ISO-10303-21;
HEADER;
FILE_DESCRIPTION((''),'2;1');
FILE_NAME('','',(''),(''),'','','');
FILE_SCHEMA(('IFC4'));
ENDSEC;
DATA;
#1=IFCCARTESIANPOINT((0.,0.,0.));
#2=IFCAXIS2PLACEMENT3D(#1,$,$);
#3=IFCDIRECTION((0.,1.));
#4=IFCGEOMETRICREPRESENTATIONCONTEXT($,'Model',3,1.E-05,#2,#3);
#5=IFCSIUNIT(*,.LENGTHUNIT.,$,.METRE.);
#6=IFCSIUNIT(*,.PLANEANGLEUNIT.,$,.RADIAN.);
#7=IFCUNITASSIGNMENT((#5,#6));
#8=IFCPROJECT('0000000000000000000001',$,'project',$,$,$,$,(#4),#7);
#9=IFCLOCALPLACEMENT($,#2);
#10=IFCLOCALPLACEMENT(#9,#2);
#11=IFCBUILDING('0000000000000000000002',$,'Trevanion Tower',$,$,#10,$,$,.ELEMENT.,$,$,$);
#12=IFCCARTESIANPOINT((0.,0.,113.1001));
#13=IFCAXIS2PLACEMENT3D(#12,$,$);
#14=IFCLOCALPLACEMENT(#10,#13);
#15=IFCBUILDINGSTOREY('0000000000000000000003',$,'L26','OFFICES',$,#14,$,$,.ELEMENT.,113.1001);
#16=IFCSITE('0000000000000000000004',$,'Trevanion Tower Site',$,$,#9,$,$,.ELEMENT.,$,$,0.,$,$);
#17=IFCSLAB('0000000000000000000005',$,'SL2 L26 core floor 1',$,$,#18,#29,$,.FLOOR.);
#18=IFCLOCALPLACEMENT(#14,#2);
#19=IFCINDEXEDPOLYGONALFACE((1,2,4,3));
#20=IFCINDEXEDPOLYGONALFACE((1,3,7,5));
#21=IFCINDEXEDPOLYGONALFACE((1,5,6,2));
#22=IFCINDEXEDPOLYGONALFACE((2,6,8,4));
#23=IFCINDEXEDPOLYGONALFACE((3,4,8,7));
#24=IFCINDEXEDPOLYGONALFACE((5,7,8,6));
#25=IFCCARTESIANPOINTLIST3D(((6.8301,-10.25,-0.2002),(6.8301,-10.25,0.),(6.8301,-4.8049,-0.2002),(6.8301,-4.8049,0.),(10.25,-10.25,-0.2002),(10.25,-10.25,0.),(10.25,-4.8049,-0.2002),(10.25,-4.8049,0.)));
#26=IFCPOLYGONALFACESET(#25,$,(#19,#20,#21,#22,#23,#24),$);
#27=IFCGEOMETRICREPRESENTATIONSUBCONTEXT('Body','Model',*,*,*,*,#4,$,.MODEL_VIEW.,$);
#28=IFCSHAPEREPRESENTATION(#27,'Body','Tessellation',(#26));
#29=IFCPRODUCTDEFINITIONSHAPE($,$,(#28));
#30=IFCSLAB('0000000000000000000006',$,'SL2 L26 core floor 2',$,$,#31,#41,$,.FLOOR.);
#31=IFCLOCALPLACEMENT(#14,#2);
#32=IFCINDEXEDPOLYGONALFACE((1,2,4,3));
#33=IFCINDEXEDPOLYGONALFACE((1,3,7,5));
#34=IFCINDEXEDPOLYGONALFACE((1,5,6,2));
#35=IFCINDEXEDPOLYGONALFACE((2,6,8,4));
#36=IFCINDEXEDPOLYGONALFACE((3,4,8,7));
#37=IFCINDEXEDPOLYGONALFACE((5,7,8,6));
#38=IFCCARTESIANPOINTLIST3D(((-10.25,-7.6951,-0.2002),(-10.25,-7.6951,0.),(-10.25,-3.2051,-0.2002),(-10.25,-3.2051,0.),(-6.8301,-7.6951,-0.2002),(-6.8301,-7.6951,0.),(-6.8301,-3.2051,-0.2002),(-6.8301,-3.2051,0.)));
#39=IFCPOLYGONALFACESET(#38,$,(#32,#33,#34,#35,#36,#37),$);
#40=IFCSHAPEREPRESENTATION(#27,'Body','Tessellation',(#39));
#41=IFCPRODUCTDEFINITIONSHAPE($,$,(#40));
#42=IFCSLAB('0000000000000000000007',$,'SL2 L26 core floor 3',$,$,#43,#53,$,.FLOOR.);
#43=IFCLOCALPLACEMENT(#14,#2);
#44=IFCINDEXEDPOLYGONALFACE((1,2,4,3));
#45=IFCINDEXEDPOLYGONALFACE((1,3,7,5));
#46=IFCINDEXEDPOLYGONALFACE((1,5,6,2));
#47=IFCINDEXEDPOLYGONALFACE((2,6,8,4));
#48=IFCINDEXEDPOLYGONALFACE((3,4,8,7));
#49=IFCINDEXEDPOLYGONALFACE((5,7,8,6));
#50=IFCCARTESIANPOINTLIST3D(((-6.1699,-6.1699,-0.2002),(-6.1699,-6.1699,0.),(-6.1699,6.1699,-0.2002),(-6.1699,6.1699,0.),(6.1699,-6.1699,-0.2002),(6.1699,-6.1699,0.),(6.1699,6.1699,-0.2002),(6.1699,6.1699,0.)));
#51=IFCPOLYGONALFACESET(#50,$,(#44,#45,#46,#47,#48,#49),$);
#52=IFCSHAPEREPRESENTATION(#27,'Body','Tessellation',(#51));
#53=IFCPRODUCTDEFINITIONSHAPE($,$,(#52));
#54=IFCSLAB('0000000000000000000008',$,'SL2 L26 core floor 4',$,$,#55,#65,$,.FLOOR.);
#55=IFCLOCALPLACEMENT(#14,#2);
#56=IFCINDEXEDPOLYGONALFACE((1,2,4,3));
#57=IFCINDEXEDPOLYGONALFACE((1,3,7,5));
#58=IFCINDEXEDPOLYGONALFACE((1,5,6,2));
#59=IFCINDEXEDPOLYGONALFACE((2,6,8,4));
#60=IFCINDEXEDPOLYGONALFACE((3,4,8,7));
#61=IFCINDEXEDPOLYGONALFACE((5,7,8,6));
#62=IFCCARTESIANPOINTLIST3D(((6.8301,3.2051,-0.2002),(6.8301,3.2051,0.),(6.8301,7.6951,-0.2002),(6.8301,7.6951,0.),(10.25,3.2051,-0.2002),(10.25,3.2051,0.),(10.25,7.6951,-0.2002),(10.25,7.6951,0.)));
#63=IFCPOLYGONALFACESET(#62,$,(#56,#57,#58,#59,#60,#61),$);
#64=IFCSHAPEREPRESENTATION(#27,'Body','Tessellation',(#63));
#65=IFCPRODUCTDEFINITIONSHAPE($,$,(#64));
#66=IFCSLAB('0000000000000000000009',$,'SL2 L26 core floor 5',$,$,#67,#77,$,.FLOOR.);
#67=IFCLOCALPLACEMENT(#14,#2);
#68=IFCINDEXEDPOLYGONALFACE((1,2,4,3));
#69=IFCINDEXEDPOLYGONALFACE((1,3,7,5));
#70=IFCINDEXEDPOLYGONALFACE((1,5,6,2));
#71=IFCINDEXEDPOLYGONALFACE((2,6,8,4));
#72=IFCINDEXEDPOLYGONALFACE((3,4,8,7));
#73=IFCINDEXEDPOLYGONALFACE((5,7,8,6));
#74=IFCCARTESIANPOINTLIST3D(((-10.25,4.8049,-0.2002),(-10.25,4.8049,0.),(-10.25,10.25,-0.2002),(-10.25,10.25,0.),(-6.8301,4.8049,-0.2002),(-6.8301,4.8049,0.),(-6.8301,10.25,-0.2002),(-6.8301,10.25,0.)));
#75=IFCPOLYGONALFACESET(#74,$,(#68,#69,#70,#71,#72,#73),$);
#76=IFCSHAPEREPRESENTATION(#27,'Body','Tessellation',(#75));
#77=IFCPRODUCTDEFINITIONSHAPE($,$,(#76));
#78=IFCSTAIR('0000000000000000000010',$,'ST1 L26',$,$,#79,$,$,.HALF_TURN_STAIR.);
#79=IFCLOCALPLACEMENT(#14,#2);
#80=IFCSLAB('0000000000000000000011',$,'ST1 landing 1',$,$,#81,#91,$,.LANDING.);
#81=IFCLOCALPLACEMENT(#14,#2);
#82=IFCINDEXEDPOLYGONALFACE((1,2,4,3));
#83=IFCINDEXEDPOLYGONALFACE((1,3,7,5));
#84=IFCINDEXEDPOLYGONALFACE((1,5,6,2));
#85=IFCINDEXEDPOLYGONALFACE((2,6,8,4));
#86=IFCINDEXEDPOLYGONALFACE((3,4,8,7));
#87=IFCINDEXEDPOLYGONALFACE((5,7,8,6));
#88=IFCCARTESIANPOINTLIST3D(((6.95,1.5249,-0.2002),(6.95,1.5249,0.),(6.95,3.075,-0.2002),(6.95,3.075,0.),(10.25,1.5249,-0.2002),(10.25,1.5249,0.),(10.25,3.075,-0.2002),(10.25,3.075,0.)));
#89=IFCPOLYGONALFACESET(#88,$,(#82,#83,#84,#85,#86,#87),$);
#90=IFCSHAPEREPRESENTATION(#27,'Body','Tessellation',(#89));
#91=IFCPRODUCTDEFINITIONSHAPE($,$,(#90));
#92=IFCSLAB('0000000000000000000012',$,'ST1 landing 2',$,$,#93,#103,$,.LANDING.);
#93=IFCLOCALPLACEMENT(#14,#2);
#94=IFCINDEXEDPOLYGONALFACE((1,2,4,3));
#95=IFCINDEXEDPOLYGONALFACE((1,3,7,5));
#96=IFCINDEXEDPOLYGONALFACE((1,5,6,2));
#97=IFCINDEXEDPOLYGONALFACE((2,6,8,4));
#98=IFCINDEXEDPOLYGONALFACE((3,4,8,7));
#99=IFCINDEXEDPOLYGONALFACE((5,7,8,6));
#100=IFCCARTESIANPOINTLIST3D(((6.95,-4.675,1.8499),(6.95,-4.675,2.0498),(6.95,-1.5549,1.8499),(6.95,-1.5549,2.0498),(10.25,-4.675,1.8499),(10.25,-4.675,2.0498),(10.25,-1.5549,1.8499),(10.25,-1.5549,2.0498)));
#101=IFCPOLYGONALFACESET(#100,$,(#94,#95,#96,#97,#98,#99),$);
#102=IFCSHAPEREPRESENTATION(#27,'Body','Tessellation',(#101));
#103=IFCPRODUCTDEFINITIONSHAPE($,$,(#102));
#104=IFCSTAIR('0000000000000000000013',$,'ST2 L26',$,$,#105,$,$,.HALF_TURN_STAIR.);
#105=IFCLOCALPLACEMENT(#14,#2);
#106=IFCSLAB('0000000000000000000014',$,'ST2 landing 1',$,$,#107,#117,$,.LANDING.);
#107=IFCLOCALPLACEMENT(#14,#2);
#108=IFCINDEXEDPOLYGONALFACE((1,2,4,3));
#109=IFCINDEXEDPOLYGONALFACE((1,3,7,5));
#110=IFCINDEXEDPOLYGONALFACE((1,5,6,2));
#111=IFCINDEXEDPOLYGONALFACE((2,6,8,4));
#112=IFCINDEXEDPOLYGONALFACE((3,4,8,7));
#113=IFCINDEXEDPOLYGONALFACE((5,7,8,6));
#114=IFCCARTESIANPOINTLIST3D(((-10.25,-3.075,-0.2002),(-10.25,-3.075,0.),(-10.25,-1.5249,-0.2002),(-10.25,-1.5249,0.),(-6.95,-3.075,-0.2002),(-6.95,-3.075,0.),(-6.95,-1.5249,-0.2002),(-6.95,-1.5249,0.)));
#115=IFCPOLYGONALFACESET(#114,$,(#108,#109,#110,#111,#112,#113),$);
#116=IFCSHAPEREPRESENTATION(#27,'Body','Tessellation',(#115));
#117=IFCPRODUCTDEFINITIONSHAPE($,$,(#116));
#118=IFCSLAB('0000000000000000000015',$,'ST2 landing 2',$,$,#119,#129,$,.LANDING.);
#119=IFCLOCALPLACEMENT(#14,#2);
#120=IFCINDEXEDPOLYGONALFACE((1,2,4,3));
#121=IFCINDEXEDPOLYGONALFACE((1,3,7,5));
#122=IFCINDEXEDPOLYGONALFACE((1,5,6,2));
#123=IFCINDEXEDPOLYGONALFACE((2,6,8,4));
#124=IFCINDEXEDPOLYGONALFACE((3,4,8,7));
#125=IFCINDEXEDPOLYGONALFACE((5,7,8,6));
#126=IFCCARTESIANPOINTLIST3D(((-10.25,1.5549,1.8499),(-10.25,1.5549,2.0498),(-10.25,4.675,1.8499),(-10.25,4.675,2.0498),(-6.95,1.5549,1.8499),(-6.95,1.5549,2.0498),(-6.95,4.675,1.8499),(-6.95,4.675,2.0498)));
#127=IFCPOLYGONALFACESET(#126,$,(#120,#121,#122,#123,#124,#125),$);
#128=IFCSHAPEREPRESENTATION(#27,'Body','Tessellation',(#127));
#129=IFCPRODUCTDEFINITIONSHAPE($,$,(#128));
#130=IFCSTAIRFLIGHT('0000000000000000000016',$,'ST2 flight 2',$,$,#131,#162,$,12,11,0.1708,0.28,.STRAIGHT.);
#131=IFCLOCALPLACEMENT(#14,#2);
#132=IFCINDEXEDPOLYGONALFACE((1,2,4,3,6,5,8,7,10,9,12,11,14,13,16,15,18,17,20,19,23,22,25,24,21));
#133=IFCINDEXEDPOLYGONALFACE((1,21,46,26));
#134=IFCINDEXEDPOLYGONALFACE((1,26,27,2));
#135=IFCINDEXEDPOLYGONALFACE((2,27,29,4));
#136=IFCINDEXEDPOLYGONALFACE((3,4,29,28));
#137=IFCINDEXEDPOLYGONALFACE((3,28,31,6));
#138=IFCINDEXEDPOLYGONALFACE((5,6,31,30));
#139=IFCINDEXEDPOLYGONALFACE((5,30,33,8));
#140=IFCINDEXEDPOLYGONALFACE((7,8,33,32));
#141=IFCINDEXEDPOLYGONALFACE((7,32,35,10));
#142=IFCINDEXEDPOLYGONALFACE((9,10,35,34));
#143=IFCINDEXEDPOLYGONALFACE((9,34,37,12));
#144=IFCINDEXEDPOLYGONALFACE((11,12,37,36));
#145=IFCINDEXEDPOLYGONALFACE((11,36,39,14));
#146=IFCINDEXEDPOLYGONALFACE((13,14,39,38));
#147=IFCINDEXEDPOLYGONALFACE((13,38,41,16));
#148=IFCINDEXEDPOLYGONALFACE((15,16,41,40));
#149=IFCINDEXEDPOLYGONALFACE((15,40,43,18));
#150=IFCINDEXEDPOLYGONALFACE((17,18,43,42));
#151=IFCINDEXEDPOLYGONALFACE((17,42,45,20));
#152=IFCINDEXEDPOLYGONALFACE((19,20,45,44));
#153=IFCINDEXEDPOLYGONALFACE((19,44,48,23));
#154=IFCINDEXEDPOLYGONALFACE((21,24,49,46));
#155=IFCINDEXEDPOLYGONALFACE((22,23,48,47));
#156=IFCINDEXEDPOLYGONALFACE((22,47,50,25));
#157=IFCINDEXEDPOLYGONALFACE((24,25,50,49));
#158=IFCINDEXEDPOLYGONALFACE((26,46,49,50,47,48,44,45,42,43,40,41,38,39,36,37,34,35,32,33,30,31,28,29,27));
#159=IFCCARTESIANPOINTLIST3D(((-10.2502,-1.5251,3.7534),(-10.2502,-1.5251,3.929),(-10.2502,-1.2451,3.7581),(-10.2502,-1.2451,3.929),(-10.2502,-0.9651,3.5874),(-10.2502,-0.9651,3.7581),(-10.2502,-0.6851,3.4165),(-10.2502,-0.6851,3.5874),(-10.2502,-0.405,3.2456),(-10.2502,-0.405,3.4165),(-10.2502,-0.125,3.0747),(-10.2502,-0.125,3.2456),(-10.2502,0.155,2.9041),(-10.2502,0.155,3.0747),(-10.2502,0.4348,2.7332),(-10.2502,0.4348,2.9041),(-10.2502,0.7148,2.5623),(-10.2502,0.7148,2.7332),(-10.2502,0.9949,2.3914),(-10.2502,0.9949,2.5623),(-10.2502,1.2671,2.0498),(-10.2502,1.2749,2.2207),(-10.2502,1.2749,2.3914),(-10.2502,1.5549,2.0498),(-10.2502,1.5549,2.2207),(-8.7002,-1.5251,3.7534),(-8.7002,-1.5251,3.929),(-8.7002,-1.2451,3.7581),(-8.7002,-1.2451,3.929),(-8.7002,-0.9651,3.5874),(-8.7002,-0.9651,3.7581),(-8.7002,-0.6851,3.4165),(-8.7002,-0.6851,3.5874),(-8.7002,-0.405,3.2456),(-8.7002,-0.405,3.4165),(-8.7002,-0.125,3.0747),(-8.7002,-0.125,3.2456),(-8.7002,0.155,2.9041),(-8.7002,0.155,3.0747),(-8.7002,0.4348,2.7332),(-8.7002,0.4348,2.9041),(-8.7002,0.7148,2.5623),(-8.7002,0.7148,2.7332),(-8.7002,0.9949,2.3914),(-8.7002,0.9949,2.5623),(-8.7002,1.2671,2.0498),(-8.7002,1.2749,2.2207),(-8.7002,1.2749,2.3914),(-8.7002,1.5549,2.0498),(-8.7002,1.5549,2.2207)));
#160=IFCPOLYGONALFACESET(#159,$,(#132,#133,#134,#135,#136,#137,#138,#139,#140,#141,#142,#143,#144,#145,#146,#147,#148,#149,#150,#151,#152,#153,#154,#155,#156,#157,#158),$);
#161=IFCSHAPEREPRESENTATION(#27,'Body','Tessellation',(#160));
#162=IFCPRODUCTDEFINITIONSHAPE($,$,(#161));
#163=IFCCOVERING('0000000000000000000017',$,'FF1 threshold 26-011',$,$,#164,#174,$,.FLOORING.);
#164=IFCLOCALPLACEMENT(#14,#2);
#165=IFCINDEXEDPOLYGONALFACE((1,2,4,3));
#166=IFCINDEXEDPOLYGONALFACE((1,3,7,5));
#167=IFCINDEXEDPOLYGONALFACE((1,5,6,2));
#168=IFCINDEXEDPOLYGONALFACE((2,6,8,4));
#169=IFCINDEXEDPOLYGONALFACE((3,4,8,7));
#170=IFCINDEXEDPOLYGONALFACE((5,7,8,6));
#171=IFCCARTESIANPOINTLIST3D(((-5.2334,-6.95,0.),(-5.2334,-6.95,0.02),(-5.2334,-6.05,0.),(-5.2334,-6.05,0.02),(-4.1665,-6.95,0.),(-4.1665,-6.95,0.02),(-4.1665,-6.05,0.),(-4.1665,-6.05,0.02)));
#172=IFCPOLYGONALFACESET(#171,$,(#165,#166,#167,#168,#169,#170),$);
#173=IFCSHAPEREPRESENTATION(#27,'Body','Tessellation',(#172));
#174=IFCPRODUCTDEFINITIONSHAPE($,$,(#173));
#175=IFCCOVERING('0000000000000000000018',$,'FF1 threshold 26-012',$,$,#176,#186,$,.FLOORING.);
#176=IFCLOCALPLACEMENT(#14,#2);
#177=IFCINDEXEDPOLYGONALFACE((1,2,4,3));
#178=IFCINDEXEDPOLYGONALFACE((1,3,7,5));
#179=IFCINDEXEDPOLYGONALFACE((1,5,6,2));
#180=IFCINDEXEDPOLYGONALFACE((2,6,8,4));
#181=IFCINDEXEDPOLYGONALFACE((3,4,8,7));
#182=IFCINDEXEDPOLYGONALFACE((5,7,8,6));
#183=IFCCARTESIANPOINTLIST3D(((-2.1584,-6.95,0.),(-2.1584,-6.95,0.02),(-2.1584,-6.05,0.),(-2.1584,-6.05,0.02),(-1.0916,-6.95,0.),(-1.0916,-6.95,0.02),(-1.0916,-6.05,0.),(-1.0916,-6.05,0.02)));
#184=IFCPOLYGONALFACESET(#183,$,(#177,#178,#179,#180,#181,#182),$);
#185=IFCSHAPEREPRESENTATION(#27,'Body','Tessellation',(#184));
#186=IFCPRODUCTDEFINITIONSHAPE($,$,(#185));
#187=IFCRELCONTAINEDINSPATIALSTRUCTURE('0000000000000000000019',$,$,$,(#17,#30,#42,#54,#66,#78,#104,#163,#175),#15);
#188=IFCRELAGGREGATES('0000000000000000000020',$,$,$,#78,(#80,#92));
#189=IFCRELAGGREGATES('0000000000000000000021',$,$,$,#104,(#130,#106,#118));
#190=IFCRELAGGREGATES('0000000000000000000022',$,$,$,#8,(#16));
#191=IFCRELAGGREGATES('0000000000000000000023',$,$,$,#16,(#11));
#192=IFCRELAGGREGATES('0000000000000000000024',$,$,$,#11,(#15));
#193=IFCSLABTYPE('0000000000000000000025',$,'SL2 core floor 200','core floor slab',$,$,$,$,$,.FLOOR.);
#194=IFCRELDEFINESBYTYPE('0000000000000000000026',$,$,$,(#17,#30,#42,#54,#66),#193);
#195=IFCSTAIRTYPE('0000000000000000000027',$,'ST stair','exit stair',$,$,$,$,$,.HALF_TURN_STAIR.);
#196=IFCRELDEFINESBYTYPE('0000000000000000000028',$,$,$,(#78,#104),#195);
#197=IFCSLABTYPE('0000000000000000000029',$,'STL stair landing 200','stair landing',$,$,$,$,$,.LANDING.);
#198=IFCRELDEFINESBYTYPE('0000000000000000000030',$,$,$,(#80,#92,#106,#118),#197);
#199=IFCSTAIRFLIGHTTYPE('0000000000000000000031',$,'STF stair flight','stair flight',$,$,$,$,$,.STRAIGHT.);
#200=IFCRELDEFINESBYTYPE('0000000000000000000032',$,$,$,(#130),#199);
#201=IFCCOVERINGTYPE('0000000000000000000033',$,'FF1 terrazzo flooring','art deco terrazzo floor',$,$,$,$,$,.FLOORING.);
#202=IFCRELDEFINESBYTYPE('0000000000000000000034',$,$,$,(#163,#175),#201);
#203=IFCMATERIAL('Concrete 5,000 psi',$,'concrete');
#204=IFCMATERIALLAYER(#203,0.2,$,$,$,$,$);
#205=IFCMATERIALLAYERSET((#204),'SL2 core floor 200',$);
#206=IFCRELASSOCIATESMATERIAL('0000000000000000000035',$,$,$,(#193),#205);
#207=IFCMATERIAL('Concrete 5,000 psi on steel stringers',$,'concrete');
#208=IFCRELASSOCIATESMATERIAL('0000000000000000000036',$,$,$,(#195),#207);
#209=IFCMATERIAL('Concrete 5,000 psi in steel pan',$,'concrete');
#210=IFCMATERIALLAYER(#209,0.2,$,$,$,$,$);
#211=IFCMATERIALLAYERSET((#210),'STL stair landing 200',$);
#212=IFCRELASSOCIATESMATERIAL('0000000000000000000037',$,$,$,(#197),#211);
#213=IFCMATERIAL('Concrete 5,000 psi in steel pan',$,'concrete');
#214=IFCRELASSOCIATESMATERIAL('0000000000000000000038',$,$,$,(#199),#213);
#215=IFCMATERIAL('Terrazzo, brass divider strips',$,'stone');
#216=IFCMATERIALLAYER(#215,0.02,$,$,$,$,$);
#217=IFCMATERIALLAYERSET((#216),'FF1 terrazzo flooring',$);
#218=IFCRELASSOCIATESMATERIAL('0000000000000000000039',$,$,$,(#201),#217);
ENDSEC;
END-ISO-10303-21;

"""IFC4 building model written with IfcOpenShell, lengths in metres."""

from ifc_helpers import new_model, si_unit, direction, frame, origin, place, context, subcontext, project, spatial, polyline, outline, extrude, material, layer, layer_set, type_object, element, aggregate, save


model = new_model("IFC4")

# Units and contexts
model_context = context("Model", 3, precision=1e-05, world=origin(), true_north=direction((0.0, 1.0)))
body_context = subcontext(model_context, "Body", "Model", "MODEL_VIEW")
ifc_project = project(units=[si_unit("LENGTHUNIT", "METRE"), si_unit("PLANEANGLEUNIT", "RADIAN")], contexts=[model_context])

# Site, building, storey
site_placement = place(None, origin())
site = spatial("IfcSite", under=ifc_project, at=site_placement, Name="Trevanion Tower Site", CompositionType="ELEMENT", RefElevation=0.0)
building_placement = place(site_placement, origin())
building = spatial("IfcBuilding", under=site, at=building_placement, Name="Trevanion Tower", CompositionType="ELEMENT")
storey_placement = place(building_placement, frame((0.0, 0.0, 113.1001)))
storey = spatial("IfcBuildingStorey", under=building, at=storey_placement, Name="L26", Description="OFFICES", CompositionType="ELEMENT", Elevation=113.1001)

# Slabs
ifc_material_1 = material(Name="Concrete 5,000 psi", Category="concrete")
ifc_layer_1 = layer(ifc_material_1, 0.2)
ifc_layer_set_1 = layer_set([ifc_layer_1], Name="SL2 core floor 200")
slab_type_1 = type_object("IfcSlabType", Name="SL2 core floor 200", Description="core floor slab", PredefinedType="FLOOR", material=ifc_layer_set_1)
slab_1_placement = place(storey_placement, frame((0.0, 0.0, -0.2002)))
element("IfcSlab", 1, at=slab_1_placement, inside=storey, type_object=slab_type_1, Name="SL2 L26 core floor 1", PredefinedType="FLOOR", context=body_context, shape_type="SweptSolid", body=[
    extrude(outline(polyline([(10.25, -4.8049), (10.25, -10.25), (6.8301, -10.25), (6.8301, -4.8049), (10.25, -4.8049)])), origin(), (0.0, 0.0, 1.0), 0.2002),
])
slab_2_placement = place(storey_placement, frame((0.0, 0.0, -0.2002)))
element("IfcSlab", 2, at=slab_2_placement, inside=storey, type_object=slab_type_1, Name="SL2 L26 core floor 2", PredefinedType="FLOOR", context=body_context, shape_type="SweptSolid", body=[
    extrude(outline(polyline([(-6.8301, -3.2051), (-6.8301, -7.6951), (-10.25, -7.6951), (-10.25, -3.2051), (-6.8301, -3.2051)])), origin(), (0.0, 0.0, 1.0), 0.2002),
])
slab_3_placement = place(storey_placement, frame((0.0, 0.0, -0.2002)))
element("IfcSlab", 3, at=slab_3_placement, inside=storey, type_object=slab_type_1, Name="SL2 L26 core floor 3", PredefinedType="FLOOR", context=body_context, shape_type="SweptSolid", body=[
    extrude(outline(polyline([(6.1699, -6.1699), (-6.1699, -6.1699), (-6.1699, 6.1699), (6.1699, 6.1699), (6.1699, -6.1699)])), origin(), (0.0, 0.0, 1.0), 0.2002),
])
slab_4_placement = place(storey_placement, frame((0.0, 0.0, -0.2002)))
element("IfcSlab", 4, at=slab_4_placement, inside=storey, type_object=slab_type_1, Name="SL2 L26 core floor 4", PredefinedType="FLOOR", context=body_context, shape_type="SweptSolid", body=[
    extrude(outline(polyline([(6.8301, 3.2051), (6.8301, 7.6951), (10.25, 7.6951), (10.25, 3.2051), (6.8301, 3.2051)])), origin(), (0.0, 0.0, 1.0), 0.2002),
])
slab_5_placement = place(storey_placement, frame((0.0, 0.0, -0.2002)))
element("IfcSlab", 5, at=slab_5_placement, inside=storey, type_object=slab_type_1, Name="SL2 L26 core floor 5", PredefinedType="FLOOR", context=body_context, shape_type="SweptSolid", body=[
    extrude(outline(polyline([(-6.8301, 4.8049), (-10.25, 4.8049), (-10.25, 10.25), (-6.8301, 10.25), (-6.8301, 4.8049)])), origin(), (0.0, 0.0, 1.0), 0.2002),
])

# Stair, slabs
ifc_material_2 = material(Name="Concrete 5,000 psi on steel stringers", Category="concrete")
stair_type = type_object("IfcStairType", Name="ST stair", Description="exit stair", PredefinedType="HALF_TURN_STAIR", material=ifc_material_2)
stair_1_placement = place(storey_placement, origin())
stair_1 = element("IfcStair", 6, at=stair_1_placement, inside=storey, type_object=stair_type, Name="ST1 L26", PredefinedType="HALF_TURN_STAIR")
ifc_material_3 = material(Name="Concrete 5,000 psi in steel pan", Category="concrete")
ifc_layer_2 = layer(ifc_material_3, 0.2)
ifc_layer_set_2 = layer_set([ifc_layer_2], Name="STL stair landing 200")
slab_type_2 = type_object("IfcSlabType", Name="STL stair landing 200", Description="stair landing", PredefinedType="LANDING", material=ifc_layer_set_2)
slab_6_placement = place(storey_placement, frame((0.0, 0.0, -0.2002)))
slab_6 = element("IfcSlab", 7, at=slab_6_placement, type_object=slab_type_2, Name="ST1 landing 1", PredefinedType="LANDING", context=body_context, shape_type="SweptSolid", body=[
    extrude(outline(polyline([(6.95, 1.5249), (10.25, 1.5249), (10.25, 3.075), (6.95, 3.075), (6.95, 1.5249)])), origin(), (0.0, 0.0, 1.0), 0.2002),
])
slab_7_placement = place(storey_placement, frame((0.0, 0.0, 1.8499)))
slab_7 = element("IfcSlab", 8, at=slab_7_placement, type_object=slab_type_2, Name="ST1 landing 2", PredefinedType="LANDING", context=body_context, shape_type="SweptSolid", body=[
    extrude(outline(polyline([(6.95, -4.675), (10.25, -4.675), (10.25, -1.5549), (6.95, -1.5549), (6.95, -4.675)])), origin(), (0.0, 0.0, 1.0), 0.2),
])
aggregate(stair_1, [slab_6, slab_7])

# Stair, slabs, stair flight
stair_2_placement = place(storey_placement, origin())
stair_2 = element("IfcStair", 9, at=stair_2_placement, inside=storey, type_object=stair_type, Name="ST2 L26", PredefinedType="HALF_TURN_STAIR")
slab_8_placement = place(storey_placement, frame((0.0, 0.0, -0.2002)))
slab_8 = element("IfcSlab", 10, at=slab_8_placement, type_object=slab_type_2, Name="ST2 landing 1", PredefinedType="LANDING", context=body_context, shape_type="SweptSolid", body=[
    extrude(outline(polyline([(-6.95, -1.5249), (-10.25, -1.5249), (-10.25, -3.075), (-6.95, -3.075), (-6.95, -1.5249)])), origin(), (0.0, 0.0, 1.0), 0.2002),
])
slab_9_placement = place(storey_placement, frame((0.0, 0.0, 1.8499)))
slab_9 = element("IfcSlab", 11, at=slab_9_placement, type_object=slab_type_2, Name="ST2 landing 2", PredefinedType="LANDING", context=body_context, shape_type="SweptSolid", body=[
    extrude(outline(polyline([(-6.95, 4.675), (-10.25, 4.675), (-10.25, 1.5549), (-6.95, 1.5549), (-6.95, 4.675)])), origin(), (0.0, 0.0, 1.0), 0.2),
])
ifc_material_4 = material(Name="Concrete 5,000 psi in steel pan", Category="concrete")
stair_flight_type = type_object("IfcStairFlightType", Name="STF stair flight", Description="stair flight", PredefinedType="STRAIGHT", material=ifc_material_4)
stair_flight_placement = place(storey_placement, frame((-9.4751, 1.5549, 2.0498), z_axis=(0.0, 0.0, 1.0), x_axis=(0.0, -1.0, 0.0)))
stair_flight = element("IfcStairFlight", 12, at=stair_flight_placement, type_object=stair_flight_type, Name="ST2 flight 2", NumberOfRisers=12, NumberOfTreads=11, PredefinedType="STRAIGHT", RiserHeight=0.1708, TreadLength=0.28, context=body_context, shape_type="SweptSolid", body=[
    extrude(outline(polyline([(0.0, 0.0), (0.0, 0.1709), (0.28, 0.1709), (0.28, 0.3416), (0.5601, 0.3416), (0.5601, 0.5125), (0.8401, 0.5125), (0.8401, 0.6833), (1.1201, 0.6833), (1.1201, 0.8542), (1.3999, 0.8542), (1.3999, 1.0249), (1.6799, 1.0249), (1.6799, 1.1958), (1.96, 1.1958), (1.96, 1.3667), (2.24, 1.3667), (2.24, 1.5376), (2.52, 1.5376), (2.52, 1.7083), (2.8, 1.7083), (2.8, 1.8792), (3.0801, 1.8792), (3.0801, 2.05), (3.0801, 1.7036), (0.2878, 0.0), (0.0, 0.0)])), frame((0.0, 0.7749, 0.0), z_axis=(0.0, -1.0, 0.0), x_axis=(1.0, 0.0, 0.0)), (0.0, 0.0, 1.0), 1.55),
])
aggregate(stair_2, [stair_flight, slab_8, slab_9])

# Coverings
ifc_material_5 = material(Name="Terrazzo, brass divider strips", Category="stone")
ifc_layer_3 = layer(ifc_material_5, 0.02)
ifc_layer_set_3 = layer_set([ifc_layer_3], Name="FF1 terrazzo flooring")
covering_type = type_object("IfcCoveringType", Name="FF1 terrazzo flooring", Description="art deco terrazzo floor", PredefinedType="FLOORING", material=ifc_layer_set_3)
covering_1_placement = place(storey_placement, origin())
element("IfcCovering", 13, at=covering_1_placement, inside=storey, type_object=covering_type, Name="FF1 threshold 26-011", PredefinedType="FLOORING", context=body_context, shape_type="SweptSolid", body=[
    extrude(outline(polyline([(-5.2334, -6.95), (-4.1665, -6.95), (-4.1665, -6.05), (-5.2334, -6.05), (-5.2334, -6.95)])), origin(), (0.0, 0.0, 1.0), 0.02),
])
covering_2_placement = place(storey_placement, origin())
element("IfcCovering", 14, at=covering_2_placement, inside=storey, type_object=covering_type, Name="FF1 threshold 26-012", PredefinedType="FLOORING", context=body_context, shape_type="SweptSolid", body=[
    extrude(outline(polyline([(-2.1584, -6.95), (-1.0916, -6.95), (-1.0916, -6.05), (-2.1584, -6.05), (-2.1584, -6.95)])), origin(), (0.0, 0.0, 1.0), 0.02),
])

save(model, "model.ifc")
